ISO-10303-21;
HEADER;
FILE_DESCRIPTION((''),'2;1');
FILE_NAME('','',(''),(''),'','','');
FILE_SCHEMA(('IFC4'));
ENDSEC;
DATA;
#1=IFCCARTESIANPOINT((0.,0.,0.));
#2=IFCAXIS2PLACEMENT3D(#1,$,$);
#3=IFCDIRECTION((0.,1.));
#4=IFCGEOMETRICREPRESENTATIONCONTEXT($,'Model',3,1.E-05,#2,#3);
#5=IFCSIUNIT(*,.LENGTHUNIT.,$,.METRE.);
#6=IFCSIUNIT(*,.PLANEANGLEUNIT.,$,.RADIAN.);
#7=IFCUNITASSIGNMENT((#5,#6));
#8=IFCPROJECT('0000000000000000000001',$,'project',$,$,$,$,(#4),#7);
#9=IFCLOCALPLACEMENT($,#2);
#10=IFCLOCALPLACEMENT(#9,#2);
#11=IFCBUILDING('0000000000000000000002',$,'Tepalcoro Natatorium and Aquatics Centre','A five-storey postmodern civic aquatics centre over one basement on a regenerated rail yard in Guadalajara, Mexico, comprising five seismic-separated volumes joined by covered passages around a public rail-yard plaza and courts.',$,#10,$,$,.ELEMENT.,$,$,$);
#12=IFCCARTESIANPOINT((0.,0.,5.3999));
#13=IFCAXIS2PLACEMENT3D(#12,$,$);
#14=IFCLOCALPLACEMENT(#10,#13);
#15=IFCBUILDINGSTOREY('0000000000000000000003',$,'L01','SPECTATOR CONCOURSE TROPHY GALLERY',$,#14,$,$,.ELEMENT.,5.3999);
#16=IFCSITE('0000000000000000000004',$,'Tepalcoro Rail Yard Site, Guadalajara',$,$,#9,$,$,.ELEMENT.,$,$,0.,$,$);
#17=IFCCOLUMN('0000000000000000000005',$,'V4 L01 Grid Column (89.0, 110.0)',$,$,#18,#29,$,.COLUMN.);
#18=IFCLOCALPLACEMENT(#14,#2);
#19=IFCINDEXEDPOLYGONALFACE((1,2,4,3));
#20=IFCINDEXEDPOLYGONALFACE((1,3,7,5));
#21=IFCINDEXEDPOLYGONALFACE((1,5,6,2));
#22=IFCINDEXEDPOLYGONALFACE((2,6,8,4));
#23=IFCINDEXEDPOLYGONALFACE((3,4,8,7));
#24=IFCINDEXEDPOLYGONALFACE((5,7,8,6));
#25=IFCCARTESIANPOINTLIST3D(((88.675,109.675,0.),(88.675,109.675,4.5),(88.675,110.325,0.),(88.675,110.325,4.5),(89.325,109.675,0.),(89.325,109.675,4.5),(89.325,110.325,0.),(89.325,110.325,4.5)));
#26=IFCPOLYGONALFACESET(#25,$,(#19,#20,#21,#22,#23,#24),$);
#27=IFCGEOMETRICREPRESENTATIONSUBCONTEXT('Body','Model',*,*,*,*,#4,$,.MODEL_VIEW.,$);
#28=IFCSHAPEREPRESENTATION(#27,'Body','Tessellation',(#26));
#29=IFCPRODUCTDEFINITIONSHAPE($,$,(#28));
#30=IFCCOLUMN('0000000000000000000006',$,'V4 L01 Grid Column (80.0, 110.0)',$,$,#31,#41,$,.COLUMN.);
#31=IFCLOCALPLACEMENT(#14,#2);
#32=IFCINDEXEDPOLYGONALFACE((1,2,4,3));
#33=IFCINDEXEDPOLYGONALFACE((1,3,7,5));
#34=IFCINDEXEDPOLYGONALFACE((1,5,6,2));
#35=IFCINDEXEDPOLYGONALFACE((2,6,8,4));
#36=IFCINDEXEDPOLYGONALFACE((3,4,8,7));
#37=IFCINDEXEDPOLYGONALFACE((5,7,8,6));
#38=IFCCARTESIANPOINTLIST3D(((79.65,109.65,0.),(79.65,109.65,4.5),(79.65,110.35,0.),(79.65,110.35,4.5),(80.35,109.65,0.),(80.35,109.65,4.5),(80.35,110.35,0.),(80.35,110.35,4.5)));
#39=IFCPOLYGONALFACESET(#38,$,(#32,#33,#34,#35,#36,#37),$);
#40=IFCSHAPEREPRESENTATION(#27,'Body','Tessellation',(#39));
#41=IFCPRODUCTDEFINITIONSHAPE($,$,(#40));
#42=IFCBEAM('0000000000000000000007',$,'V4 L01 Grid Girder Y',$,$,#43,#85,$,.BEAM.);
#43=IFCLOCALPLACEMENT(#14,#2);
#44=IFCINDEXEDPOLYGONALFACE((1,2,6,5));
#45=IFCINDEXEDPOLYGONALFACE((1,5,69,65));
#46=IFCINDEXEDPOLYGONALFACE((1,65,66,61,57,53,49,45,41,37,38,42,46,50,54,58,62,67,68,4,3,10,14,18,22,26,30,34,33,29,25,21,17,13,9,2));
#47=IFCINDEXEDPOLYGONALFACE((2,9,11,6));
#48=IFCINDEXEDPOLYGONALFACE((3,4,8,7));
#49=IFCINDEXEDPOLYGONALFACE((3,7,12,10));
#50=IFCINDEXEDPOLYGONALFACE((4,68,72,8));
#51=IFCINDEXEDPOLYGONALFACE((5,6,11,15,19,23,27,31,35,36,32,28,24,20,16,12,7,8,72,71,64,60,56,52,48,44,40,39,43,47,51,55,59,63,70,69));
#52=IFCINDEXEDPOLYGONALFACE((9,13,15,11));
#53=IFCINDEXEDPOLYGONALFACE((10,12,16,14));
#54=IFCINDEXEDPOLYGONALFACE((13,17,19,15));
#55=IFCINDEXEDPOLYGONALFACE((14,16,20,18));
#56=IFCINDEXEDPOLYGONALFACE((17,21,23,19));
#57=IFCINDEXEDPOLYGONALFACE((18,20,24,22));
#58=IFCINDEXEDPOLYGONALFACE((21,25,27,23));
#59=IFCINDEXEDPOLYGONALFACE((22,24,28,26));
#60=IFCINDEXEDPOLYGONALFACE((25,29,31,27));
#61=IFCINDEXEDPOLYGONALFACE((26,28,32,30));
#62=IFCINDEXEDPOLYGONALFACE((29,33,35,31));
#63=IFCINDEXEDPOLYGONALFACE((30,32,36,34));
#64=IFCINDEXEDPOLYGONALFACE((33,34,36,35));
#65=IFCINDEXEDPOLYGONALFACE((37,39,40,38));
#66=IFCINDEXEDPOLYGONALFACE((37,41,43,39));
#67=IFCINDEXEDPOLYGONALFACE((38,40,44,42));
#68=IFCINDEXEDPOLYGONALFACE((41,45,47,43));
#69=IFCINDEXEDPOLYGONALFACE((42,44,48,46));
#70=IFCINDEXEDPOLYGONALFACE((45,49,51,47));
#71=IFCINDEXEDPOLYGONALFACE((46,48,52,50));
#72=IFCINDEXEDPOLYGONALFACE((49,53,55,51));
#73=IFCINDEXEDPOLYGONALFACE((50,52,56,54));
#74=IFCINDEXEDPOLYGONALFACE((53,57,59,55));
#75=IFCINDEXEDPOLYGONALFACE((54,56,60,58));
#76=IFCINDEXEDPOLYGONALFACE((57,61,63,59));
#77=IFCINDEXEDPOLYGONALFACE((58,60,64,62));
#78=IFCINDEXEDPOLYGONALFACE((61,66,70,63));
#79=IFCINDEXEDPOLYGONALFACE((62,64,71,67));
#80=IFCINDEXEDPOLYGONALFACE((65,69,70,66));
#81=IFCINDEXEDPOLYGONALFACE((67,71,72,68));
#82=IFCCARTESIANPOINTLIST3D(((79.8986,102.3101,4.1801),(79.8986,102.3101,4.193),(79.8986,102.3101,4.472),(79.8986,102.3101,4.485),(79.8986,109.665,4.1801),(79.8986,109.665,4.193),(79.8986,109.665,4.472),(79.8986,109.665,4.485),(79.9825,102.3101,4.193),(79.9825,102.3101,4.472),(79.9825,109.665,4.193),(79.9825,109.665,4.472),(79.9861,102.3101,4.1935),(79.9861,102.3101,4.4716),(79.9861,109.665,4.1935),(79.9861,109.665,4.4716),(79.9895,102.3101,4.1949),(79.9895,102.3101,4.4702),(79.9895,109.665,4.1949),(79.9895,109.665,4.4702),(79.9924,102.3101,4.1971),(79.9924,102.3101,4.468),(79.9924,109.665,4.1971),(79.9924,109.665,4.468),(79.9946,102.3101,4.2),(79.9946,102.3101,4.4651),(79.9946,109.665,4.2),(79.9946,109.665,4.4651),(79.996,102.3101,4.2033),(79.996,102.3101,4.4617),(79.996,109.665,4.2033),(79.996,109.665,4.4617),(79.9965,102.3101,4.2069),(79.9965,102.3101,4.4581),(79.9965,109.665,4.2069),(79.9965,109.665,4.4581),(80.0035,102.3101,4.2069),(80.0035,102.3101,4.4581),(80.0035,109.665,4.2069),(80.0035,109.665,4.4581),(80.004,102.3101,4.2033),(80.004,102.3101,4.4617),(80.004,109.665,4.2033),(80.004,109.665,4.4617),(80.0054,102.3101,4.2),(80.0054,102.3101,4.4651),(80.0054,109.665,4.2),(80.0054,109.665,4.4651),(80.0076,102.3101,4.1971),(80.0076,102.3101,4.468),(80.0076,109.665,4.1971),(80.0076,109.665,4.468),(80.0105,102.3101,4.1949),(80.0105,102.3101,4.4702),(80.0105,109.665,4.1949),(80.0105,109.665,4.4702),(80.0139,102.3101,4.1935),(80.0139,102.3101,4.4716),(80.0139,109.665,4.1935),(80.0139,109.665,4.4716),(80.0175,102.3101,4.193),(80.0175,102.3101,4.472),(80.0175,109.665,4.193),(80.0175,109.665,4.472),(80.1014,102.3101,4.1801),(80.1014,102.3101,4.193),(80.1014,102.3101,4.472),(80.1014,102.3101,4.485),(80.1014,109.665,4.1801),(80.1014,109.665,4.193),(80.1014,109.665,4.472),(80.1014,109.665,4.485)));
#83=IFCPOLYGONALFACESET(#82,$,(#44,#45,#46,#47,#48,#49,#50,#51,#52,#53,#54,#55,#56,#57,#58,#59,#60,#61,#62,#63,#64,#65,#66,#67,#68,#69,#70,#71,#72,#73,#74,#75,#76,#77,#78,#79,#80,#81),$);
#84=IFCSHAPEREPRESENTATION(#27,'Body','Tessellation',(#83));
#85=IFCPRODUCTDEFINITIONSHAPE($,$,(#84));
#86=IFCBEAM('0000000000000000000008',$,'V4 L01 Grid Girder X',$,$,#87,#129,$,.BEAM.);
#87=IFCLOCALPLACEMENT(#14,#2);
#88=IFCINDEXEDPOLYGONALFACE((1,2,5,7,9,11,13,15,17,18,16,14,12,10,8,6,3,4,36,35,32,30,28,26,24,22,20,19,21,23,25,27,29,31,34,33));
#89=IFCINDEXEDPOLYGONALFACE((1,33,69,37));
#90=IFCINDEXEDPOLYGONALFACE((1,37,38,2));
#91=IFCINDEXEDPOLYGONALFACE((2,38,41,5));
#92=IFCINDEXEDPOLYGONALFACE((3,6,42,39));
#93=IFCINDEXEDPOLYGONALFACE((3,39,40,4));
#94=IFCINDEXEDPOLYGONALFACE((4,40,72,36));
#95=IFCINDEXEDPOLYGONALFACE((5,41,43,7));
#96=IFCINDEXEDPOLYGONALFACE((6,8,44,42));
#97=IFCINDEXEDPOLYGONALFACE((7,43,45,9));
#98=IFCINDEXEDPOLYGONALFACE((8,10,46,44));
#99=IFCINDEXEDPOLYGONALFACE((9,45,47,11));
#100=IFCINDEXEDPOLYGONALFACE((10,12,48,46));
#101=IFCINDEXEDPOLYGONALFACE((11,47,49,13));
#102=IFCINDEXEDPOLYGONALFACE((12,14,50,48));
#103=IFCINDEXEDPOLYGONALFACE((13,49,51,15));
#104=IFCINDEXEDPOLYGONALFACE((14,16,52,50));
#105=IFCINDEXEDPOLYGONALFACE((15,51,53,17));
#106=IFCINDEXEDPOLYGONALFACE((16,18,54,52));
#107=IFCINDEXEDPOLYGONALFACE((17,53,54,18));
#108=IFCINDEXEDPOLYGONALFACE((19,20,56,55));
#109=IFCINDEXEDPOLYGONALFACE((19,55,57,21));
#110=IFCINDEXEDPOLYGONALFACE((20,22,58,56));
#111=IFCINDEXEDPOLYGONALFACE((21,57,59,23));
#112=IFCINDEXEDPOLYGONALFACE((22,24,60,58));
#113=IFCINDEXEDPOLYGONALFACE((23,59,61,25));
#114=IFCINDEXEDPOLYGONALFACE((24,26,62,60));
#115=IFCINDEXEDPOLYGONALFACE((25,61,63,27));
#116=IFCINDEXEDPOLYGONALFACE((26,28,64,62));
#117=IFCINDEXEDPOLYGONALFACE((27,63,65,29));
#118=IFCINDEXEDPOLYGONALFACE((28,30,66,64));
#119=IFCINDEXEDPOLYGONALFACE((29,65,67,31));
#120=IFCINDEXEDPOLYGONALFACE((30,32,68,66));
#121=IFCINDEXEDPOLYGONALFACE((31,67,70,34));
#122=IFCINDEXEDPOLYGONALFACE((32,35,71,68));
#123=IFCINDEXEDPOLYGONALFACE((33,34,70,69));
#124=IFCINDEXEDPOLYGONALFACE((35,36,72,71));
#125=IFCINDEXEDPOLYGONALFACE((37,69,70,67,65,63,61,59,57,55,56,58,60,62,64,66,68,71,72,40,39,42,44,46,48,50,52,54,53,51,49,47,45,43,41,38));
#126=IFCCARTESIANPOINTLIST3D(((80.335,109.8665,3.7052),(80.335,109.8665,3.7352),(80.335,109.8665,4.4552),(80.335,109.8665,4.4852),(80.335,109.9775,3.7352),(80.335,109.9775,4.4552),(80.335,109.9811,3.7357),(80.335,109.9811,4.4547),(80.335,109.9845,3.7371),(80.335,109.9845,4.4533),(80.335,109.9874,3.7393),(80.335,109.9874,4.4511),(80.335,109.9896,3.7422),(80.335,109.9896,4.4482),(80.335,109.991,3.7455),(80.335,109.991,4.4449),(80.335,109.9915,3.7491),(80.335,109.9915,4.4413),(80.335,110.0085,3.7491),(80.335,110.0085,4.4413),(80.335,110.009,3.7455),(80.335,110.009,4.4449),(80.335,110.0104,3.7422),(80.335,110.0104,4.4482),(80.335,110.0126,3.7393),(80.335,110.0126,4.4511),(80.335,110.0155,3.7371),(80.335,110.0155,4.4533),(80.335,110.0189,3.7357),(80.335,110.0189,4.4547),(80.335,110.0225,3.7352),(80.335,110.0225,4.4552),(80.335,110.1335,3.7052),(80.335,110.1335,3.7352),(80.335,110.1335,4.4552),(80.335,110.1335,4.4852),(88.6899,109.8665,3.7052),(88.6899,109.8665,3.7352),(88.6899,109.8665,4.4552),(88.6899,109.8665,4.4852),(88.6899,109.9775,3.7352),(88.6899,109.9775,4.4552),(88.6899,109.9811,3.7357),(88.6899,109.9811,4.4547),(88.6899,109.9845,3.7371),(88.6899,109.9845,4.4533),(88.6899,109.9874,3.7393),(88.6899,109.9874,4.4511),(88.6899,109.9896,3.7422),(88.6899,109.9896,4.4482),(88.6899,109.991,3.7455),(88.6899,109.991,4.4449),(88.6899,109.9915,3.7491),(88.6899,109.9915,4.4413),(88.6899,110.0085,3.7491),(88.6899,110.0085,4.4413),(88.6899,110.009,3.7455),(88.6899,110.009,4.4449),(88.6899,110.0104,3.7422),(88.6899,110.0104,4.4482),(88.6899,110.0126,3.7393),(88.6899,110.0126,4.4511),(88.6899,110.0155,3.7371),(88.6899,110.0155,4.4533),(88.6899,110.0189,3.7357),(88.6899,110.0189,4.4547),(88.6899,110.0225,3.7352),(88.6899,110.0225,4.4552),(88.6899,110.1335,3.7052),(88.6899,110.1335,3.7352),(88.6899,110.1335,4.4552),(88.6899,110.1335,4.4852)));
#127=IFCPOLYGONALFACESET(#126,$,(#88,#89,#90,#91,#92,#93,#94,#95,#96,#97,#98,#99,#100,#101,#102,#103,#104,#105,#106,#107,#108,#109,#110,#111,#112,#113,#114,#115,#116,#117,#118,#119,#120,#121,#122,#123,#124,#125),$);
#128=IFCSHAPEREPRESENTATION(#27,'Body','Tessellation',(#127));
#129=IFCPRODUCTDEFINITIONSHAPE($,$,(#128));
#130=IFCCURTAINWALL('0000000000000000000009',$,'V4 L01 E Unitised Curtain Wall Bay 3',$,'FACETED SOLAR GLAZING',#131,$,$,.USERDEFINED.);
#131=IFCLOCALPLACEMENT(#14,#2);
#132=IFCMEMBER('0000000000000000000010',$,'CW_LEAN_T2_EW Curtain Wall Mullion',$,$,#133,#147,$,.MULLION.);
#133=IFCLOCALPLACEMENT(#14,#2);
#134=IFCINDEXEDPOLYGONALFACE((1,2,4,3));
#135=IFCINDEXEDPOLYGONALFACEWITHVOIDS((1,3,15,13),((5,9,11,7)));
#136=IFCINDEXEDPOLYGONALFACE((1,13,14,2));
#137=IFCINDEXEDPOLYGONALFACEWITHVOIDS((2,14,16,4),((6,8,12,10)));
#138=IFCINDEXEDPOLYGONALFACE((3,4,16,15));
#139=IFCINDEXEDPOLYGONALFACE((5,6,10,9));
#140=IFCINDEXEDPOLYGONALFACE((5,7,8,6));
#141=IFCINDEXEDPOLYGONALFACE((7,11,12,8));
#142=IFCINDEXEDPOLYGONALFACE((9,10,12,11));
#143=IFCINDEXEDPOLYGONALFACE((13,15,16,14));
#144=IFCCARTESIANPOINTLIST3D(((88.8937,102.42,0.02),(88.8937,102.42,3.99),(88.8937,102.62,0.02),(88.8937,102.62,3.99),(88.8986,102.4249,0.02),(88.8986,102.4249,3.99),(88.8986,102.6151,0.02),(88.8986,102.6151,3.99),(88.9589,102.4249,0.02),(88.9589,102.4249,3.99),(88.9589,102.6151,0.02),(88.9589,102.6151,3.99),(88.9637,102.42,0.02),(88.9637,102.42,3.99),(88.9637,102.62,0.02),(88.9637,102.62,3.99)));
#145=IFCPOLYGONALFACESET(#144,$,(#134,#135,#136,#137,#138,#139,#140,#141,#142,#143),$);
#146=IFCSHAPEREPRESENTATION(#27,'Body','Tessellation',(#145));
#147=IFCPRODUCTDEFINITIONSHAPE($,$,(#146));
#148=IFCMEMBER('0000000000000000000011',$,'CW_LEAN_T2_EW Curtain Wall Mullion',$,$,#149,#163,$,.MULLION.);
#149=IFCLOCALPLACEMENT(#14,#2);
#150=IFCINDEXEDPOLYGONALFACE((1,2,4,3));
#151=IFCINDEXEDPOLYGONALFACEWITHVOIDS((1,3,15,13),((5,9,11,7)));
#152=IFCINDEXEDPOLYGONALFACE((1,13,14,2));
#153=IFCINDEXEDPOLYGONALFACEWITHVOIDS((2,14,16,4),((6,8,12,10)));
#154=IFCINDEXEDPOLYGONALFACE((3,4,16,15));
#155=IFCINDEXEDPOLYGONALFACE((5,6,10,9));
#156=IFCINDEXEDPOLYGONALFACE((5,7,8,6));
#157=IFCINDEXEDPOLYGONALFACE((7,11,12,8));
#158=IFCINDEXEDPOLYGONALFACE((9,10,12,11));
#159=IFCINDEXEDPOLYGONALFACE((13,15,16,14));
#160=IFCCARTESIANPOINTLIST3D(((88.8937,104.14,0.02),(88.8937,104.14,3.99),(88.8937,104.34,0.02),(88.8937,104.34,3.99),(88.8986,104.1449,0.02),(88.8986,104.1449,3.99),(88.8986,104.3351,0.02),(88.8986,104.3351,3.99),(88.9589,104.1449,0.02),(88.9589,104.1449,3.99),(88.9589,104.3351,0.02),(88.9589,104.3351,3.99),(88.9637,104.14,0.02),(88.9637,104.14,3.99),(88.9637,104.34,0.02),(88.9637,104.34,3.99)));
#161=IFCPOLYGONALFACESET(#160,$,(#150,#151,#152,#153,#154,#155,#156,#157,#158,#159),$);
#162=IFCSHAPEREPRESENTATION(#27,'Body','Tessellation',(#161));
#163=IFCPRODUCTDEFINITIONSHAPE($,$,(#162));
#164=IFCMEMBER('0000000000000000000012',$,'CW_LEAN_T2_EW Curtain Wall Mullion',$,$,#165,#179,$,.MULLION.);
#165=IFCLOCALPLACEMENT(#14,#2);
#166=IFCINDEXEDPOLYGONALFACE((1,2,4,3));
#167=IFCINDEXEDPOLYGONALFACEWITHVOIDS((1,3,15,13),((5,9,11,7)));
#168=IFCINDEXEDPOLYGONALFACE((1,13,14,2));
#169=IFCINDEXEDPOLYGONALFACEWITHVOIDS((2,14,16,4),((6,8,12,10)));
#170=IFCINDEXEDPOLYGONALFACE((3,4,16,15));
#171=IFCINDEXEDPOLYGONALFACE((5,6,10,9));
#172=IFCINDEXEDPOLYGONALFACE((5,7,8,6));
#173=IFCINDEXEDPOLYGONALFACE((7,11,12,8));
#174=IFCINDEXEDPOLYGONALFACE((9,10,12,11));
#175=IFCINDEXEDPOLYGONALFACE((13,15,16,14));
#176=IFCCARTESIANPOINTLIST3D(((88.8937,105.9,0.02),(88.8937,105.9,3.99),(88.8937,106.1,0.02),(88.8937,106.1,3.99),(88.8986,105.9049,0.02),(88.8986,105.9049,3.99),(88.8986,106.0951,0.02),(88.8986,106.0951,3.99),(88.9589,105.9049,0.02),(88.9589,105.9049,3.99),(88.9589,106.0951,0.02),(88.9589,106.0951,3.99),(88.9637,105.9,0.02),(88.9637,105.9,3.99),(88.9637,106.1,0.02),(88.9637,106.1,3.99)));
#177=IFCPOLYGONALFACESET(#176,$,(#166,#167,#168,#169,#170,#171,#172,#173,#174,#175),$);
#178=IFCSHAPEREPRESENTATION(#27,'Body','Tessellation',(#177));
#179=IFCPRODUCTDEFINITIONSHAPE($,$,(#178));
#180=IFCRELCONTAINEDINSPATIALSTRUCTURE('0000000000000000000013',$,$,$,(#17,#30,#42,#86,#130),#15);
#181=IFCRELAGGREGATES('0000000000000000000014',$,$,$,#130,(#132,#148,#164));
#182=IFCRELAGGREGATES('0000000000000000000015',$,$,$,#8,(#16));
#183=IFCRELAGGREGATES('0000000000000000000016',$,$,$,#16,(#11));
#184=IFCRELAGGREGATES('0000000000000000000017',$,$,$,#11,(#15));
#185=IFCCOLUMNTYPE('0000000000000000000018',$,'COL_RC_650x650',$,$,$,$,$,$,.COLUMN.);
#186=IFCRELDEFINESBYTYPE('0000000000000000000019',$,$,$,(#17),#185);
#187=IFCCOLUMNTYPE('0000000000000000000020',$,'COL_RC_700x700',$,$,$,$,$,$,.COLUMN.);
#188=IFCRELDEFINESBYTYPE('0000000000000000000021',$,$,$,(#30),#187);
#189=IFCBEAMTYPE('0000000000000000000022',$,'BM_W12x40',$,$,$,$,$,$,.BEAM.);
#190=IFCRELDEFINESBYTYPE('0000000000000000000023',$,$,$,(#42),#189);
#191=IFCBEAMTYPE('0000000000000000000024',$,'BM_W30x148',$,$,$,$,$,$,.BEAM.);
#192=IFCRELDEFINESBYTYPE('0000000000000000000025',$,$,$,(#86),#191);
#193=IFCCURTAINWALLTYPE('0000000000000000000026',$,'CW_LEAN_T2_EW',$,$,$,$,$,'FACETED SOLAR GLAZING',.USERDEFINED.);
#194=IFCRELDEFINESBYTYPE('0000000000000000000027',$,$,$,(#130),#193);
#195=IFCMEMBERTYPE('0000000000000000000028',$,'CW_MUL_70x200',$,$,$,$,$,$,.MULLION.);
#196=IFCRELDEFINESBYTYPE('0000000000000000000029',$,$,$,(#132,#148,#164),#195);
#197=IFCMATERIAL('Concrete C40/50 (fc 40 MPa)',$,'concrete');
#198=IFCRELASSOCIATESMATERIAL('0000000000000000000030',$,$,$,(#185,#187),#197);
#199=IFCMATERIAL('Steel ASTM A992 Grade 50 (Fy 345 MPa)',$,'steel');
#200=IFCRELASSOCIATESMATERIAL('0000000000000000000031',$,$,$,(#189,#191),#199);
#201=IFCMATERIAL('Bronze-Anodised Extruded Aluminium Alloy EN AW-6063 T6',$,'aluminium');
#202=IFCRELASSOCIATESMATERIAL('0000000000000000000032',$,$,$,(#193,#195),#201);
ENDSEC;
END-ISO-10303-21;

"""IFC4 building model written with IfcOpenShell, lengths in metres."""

from ifc_helpers import new_model, si_unit, direction, frame, origin, origin_2d, place, context, subcontext, project, spatial, rectangle, hollow_rectangle, i_section, extrude, material, material_profile, profile_set, type_object, element, aggregate, save


model = new_model("IFC4")

# Units and contexts
model_context = context("Model", 3, precision=1e-05, world=origin(), true_north=direction((0.0, 1.0)))
body_context = subcontext(model_context, "Body", "Model", "MODEL_VIEW")
ifc_project = project(units=[si_unit("LENGTHUNIT", "METRE"), si_unit("PLANEANGLEUNIT", "RADIAN")], contexts=[model_context])

# Site, building, storey
site_placement = place(None, origin())
site = spatial("IfcSite", under=ifc_project, at=site_placement, Name="Tepalcoro Rail Yard Site, Guadalajara", CompositionType="ELEMENT", RefElevation=0.0)
building_placement = place(site_placement, origin())
building = spatial("IfcBuilding", under=site, at=building_placement, Name="Tepalcoro Natatorium and Aquatics Centre", Description="A five-storey postmodern civic aquatics centre over one basement on a regenerated rail yard in Guadalajara, Mexico, comprising five seismic-separated volumes joined by covered passages around a public rail-yard plaza and courts.", CompositionType="ELEMENT")
storey_placement = place(building_placement, frame((0.0, 0.0, 5.3999)))
storey = spatial("IfcBuildingStorey", under=building, at=storey_placement, Name="L01", Description="SPECTATOR CONCOURSE TROPHY GALLERY", CompositionType="ELEMENT", Elevation=5.3999)

# Columns
ifc_material_1 = material(Name="Concrete C40/50 (fc 40 MPa)", Category="concrete")
ifc_material_profile_1 = material_profile(ifc_material_1, rectangle(XDim=0.6499, YDim=0.6499, at=origin_2d()), Name="RC650x650")
ifc_profile_set_1 = profile_set([ifc_material_profile_1], Name="Concrete C40/50 (fc 40 MPa)")
column_type_1 = type_object("IfcColumnType", Name="COL_RC_650x650", PredefinedType="COLUMN", material=ifc_profile_set_1)
column_1_placement = place(storey_placement, frame((89.0, 110.0, 0.0), z_axis=(0.0, 0.0, 1.0), x_axis=(1.0, 0.0, 0.0)))
element("IfcColumn", 1, at=column_1_placement, inside=storey, type_object=column_type_1, Name="V4 L01 Grid Column (89.0, 110.0)", PredefinedType="COLUMN", context=body_context, shape_type="SweptSolid", body=[
    extrude(rectangle(XDim=0.6499, YDim=0.6499, at=origin_2d()), origin(), (0.0, 0.0, 1.0), 4.5),
])
ifc_material_profile_2 = material_profile(ifc_material_1, rectangle(XDim=0.7, YDim=0.7, at=origin_2d()), Name="RC700x700")
ifc_profile_set_2 = profile_set([ifc_material_profile_2], Name="Concrete C40/50 (fc 40 MPa)")
column_type_2 = type_object("IfcColumnType", Name="COL_RC_700x700", PredefinedType="COLUMN", material=ifc_profile_set_2)
column_2_placement = place(storey_placement, frame((80.0, 110.0, 0.0), z_axis=(0.0, 0.0, 1.0), x_axis=(1.0, 0.0, 0.0)))
element("IfcColumn", 2, at=column_2_placement, inside=storey, type_object=column_type_2, Name="V4 L01 Grid Column (80.0, 110.0)", PredefinedType="COLUMN", context=body_context, shape_type="SweptSolid", body=[
    extrude(rectangle(XDim=0.7, YDim=0.7, at=origin_2d()), origin(), (0.0, 0.0, 1.0), 4.5),
])

# Beams
ifc_material_2 = material(Name="Steel ASTM A992 Grade 50 (Fy 345 MPa)", Category="steel")
ifc_material_profile_3 = material_profile(ifc_material_2, i_section(OverallWidth=0.2029, OverallDepth=0.3049, WebThickness=0.0071, FlangeThickness=0.0129, FilletRadius=0.0139, at=origin_2d()), Name="W12X40")
ifc_profile_set_3 = profile_set([ifc_material_profile_3], Name="Steel ASTM A992 Grade 50 (Fy 345 MPa)")
beam_type_1 = type_object("IfcBeamType", Name="BM_W12x40", PredefinedType="BEAM", material=ifc_profile_set_3)
beam_1_placement = place(storey_placement, frame((80.0, 102.3101, 4.3325), z_axis=(0.0, 1.0, 0.0), x_axis=(-1.0, 0.0, 0.0)))
element("IfcBeam", 3, at=beam_1_placement, inside=storey, type_object=beam_type_1, Name="V4 L01 Grid Girder Y", PredefinedType="BEAM", context=body_context, shape_type="SweptSolid", body=[
    extrude(i_section(OverallWidth=0.2029, OverallDepth=0.3049, WebThickness=0.0071, FlangeThickness=0.0129, FilletRadius=0.0139, at=origin_2d()), origin(), (0.0, 0.0, 1.0), 7.355),
])
ifc_material_profile_4 = material_profile(ifc_material_2, i_section(OverallWidth=0.2671, OverallDepth=0.78, WebThickness=0.0171, FlangeThickness=0.03, FilletRadius=0.0139, at=origin_2d()), Name="W30X148")
ifc_profile_set_4 = profile_set([ifc_material_profile_4], Name="Steel ASTM A992 Grade 50 (Fy 345 MPa)")
beam_type_2 = type_object("IfcBeamType", Name="BM_W30x148", PredefinedType="BEAM", material=ifc_profile_set_4)
beam_2_placement = place(storey_placement, frame((80.335, 110.0, 4.0952), z_axis=(1.0, 0.0, 0.0), x_axis=(0.0, 1.0, 0.0)))
element("IfcBeam", 4, at=beam_2_placement, inside=storey, type_object=beam_type_2, Name="V4 L01 Grid Girder X", PredefinedType="BEAM", context=body_context, shape_type="SweptSolid", body=[
    extrude(i_section(OverallWidth=0.2671, OverallDepth=0.78, WebThickness=0.0171, FlangeThickness=0.03, FilletRadius=0.0139, at=origin_2d()), origin(), (0.0, 0.0, 1.0), 8.355),
])

# Curtain wall, members
ifc_material_3 = material(Name="Bronze-Anodised Extruded Aluminium Alloy EN AW-6063 T6", Category="aluminium")
curtain_wall_type = type_object("IfcCurtainWallType", Name="CW_LEAN_T2_EW", ElementType="FACETED SOLAR GLAZING", PredefinedType="USERDEFINED", material=ifc_material_3)
curtain_wall_placement = place(storey_placement, origin())
curtain_wall = element("IfcCurtainWall", 5, at=curtain_wall_placement, inside=storey, type_object=curtain_wall_type, Name="V4 L01 E Unitised Curtain Wall Bay 3", ObjectType="FACETED SOLAR GLAZING", PredefinedType="USERDEFINED")
ifc_material_profile_5 = material_profile(ifc_material_3, hollow_rectangle(XDim=0.0701, YDim=0.2, WallThickness=0.0049, at=origin_2d()), Name="AL70X200X5")
ifc_profile_set_5 = profile_set([ifc_material_profile_5], Name="Bronze-Anodised Extruded Aluminium Alloy EN AW-6063 T6")
member_type_1 = type_object("IfcMemberType", Name="CW_MUL_70x200", PredefinedType="MULLION", material=ifc_profile_set_5)
member_1_placement = place(storey_placement, frame((88.9287, 102.52, 0.02), z_axis=(0.0, 0.0, 1.0), x_axis=(1.0, 0.0, 0.0)))
member_1 = element("IfcMember", 6, at=member_1_placement, type_object=member_type_1, Name="CW_LEAN_T2_EW Curtain Wall Mullion", PredefinedType="MULLION", context=body_context, shape_type="SweptSolid", body=[
    extrude(hollow_rectangle(XDim=0.0701, YDim=0.2, WallThickness=0.0049, at=origin_2d()), origin(), (0.0, 0.0, 1.0), 3.97),
])
member_2_placement = place(storey_placement, frame((88.9287, 104.24, 0.02), z_axis=(0.0, 0.0, 1.0), x_axis=(1.0, 0.0, 0.0)))
member_2 = element("IfcMember", 7, at=member_2_placement, type_object=member_type_1, Name="CW_LEAN_T2_EW Curtain Wall Mullion", PredefinedType="MULLION", context=body_context, shape_type="SweptSolid", body=[
    extrude(hollow_rectangle(XDim=0.0701, YDim=0.2, WallThickness=0.0049, at=origin_2d()), origin(), (0.0, 0.0, 1.0), 3.97),
])
member_3_placement = place(storey_placement, frame((88.9287, 106.0, 0.02), z_axis=(0.0, 0.0, 1.0), x_axis=(1.0, 0.0, 0.0)))
member_3 = element("IfcMember", 8, at=member_3_placement, type_object=member_type_1, Name="CW_LEAN_T2_EW Curtain Wall Mullion", PredefinedType="MULLION", context=body_context, shape_type="SweptSolid", body=[
    extrude(hollow_rectangle(XDim=0.0701, YDim=0.2, WallThickness=0.0049, at=origin_2d()), origin(), (0.0, 0.0, 1.0), 3.97),
])
aggregate(curtain_wall, [member_1, member_2, member_3])

save(model, "model.ifc")
